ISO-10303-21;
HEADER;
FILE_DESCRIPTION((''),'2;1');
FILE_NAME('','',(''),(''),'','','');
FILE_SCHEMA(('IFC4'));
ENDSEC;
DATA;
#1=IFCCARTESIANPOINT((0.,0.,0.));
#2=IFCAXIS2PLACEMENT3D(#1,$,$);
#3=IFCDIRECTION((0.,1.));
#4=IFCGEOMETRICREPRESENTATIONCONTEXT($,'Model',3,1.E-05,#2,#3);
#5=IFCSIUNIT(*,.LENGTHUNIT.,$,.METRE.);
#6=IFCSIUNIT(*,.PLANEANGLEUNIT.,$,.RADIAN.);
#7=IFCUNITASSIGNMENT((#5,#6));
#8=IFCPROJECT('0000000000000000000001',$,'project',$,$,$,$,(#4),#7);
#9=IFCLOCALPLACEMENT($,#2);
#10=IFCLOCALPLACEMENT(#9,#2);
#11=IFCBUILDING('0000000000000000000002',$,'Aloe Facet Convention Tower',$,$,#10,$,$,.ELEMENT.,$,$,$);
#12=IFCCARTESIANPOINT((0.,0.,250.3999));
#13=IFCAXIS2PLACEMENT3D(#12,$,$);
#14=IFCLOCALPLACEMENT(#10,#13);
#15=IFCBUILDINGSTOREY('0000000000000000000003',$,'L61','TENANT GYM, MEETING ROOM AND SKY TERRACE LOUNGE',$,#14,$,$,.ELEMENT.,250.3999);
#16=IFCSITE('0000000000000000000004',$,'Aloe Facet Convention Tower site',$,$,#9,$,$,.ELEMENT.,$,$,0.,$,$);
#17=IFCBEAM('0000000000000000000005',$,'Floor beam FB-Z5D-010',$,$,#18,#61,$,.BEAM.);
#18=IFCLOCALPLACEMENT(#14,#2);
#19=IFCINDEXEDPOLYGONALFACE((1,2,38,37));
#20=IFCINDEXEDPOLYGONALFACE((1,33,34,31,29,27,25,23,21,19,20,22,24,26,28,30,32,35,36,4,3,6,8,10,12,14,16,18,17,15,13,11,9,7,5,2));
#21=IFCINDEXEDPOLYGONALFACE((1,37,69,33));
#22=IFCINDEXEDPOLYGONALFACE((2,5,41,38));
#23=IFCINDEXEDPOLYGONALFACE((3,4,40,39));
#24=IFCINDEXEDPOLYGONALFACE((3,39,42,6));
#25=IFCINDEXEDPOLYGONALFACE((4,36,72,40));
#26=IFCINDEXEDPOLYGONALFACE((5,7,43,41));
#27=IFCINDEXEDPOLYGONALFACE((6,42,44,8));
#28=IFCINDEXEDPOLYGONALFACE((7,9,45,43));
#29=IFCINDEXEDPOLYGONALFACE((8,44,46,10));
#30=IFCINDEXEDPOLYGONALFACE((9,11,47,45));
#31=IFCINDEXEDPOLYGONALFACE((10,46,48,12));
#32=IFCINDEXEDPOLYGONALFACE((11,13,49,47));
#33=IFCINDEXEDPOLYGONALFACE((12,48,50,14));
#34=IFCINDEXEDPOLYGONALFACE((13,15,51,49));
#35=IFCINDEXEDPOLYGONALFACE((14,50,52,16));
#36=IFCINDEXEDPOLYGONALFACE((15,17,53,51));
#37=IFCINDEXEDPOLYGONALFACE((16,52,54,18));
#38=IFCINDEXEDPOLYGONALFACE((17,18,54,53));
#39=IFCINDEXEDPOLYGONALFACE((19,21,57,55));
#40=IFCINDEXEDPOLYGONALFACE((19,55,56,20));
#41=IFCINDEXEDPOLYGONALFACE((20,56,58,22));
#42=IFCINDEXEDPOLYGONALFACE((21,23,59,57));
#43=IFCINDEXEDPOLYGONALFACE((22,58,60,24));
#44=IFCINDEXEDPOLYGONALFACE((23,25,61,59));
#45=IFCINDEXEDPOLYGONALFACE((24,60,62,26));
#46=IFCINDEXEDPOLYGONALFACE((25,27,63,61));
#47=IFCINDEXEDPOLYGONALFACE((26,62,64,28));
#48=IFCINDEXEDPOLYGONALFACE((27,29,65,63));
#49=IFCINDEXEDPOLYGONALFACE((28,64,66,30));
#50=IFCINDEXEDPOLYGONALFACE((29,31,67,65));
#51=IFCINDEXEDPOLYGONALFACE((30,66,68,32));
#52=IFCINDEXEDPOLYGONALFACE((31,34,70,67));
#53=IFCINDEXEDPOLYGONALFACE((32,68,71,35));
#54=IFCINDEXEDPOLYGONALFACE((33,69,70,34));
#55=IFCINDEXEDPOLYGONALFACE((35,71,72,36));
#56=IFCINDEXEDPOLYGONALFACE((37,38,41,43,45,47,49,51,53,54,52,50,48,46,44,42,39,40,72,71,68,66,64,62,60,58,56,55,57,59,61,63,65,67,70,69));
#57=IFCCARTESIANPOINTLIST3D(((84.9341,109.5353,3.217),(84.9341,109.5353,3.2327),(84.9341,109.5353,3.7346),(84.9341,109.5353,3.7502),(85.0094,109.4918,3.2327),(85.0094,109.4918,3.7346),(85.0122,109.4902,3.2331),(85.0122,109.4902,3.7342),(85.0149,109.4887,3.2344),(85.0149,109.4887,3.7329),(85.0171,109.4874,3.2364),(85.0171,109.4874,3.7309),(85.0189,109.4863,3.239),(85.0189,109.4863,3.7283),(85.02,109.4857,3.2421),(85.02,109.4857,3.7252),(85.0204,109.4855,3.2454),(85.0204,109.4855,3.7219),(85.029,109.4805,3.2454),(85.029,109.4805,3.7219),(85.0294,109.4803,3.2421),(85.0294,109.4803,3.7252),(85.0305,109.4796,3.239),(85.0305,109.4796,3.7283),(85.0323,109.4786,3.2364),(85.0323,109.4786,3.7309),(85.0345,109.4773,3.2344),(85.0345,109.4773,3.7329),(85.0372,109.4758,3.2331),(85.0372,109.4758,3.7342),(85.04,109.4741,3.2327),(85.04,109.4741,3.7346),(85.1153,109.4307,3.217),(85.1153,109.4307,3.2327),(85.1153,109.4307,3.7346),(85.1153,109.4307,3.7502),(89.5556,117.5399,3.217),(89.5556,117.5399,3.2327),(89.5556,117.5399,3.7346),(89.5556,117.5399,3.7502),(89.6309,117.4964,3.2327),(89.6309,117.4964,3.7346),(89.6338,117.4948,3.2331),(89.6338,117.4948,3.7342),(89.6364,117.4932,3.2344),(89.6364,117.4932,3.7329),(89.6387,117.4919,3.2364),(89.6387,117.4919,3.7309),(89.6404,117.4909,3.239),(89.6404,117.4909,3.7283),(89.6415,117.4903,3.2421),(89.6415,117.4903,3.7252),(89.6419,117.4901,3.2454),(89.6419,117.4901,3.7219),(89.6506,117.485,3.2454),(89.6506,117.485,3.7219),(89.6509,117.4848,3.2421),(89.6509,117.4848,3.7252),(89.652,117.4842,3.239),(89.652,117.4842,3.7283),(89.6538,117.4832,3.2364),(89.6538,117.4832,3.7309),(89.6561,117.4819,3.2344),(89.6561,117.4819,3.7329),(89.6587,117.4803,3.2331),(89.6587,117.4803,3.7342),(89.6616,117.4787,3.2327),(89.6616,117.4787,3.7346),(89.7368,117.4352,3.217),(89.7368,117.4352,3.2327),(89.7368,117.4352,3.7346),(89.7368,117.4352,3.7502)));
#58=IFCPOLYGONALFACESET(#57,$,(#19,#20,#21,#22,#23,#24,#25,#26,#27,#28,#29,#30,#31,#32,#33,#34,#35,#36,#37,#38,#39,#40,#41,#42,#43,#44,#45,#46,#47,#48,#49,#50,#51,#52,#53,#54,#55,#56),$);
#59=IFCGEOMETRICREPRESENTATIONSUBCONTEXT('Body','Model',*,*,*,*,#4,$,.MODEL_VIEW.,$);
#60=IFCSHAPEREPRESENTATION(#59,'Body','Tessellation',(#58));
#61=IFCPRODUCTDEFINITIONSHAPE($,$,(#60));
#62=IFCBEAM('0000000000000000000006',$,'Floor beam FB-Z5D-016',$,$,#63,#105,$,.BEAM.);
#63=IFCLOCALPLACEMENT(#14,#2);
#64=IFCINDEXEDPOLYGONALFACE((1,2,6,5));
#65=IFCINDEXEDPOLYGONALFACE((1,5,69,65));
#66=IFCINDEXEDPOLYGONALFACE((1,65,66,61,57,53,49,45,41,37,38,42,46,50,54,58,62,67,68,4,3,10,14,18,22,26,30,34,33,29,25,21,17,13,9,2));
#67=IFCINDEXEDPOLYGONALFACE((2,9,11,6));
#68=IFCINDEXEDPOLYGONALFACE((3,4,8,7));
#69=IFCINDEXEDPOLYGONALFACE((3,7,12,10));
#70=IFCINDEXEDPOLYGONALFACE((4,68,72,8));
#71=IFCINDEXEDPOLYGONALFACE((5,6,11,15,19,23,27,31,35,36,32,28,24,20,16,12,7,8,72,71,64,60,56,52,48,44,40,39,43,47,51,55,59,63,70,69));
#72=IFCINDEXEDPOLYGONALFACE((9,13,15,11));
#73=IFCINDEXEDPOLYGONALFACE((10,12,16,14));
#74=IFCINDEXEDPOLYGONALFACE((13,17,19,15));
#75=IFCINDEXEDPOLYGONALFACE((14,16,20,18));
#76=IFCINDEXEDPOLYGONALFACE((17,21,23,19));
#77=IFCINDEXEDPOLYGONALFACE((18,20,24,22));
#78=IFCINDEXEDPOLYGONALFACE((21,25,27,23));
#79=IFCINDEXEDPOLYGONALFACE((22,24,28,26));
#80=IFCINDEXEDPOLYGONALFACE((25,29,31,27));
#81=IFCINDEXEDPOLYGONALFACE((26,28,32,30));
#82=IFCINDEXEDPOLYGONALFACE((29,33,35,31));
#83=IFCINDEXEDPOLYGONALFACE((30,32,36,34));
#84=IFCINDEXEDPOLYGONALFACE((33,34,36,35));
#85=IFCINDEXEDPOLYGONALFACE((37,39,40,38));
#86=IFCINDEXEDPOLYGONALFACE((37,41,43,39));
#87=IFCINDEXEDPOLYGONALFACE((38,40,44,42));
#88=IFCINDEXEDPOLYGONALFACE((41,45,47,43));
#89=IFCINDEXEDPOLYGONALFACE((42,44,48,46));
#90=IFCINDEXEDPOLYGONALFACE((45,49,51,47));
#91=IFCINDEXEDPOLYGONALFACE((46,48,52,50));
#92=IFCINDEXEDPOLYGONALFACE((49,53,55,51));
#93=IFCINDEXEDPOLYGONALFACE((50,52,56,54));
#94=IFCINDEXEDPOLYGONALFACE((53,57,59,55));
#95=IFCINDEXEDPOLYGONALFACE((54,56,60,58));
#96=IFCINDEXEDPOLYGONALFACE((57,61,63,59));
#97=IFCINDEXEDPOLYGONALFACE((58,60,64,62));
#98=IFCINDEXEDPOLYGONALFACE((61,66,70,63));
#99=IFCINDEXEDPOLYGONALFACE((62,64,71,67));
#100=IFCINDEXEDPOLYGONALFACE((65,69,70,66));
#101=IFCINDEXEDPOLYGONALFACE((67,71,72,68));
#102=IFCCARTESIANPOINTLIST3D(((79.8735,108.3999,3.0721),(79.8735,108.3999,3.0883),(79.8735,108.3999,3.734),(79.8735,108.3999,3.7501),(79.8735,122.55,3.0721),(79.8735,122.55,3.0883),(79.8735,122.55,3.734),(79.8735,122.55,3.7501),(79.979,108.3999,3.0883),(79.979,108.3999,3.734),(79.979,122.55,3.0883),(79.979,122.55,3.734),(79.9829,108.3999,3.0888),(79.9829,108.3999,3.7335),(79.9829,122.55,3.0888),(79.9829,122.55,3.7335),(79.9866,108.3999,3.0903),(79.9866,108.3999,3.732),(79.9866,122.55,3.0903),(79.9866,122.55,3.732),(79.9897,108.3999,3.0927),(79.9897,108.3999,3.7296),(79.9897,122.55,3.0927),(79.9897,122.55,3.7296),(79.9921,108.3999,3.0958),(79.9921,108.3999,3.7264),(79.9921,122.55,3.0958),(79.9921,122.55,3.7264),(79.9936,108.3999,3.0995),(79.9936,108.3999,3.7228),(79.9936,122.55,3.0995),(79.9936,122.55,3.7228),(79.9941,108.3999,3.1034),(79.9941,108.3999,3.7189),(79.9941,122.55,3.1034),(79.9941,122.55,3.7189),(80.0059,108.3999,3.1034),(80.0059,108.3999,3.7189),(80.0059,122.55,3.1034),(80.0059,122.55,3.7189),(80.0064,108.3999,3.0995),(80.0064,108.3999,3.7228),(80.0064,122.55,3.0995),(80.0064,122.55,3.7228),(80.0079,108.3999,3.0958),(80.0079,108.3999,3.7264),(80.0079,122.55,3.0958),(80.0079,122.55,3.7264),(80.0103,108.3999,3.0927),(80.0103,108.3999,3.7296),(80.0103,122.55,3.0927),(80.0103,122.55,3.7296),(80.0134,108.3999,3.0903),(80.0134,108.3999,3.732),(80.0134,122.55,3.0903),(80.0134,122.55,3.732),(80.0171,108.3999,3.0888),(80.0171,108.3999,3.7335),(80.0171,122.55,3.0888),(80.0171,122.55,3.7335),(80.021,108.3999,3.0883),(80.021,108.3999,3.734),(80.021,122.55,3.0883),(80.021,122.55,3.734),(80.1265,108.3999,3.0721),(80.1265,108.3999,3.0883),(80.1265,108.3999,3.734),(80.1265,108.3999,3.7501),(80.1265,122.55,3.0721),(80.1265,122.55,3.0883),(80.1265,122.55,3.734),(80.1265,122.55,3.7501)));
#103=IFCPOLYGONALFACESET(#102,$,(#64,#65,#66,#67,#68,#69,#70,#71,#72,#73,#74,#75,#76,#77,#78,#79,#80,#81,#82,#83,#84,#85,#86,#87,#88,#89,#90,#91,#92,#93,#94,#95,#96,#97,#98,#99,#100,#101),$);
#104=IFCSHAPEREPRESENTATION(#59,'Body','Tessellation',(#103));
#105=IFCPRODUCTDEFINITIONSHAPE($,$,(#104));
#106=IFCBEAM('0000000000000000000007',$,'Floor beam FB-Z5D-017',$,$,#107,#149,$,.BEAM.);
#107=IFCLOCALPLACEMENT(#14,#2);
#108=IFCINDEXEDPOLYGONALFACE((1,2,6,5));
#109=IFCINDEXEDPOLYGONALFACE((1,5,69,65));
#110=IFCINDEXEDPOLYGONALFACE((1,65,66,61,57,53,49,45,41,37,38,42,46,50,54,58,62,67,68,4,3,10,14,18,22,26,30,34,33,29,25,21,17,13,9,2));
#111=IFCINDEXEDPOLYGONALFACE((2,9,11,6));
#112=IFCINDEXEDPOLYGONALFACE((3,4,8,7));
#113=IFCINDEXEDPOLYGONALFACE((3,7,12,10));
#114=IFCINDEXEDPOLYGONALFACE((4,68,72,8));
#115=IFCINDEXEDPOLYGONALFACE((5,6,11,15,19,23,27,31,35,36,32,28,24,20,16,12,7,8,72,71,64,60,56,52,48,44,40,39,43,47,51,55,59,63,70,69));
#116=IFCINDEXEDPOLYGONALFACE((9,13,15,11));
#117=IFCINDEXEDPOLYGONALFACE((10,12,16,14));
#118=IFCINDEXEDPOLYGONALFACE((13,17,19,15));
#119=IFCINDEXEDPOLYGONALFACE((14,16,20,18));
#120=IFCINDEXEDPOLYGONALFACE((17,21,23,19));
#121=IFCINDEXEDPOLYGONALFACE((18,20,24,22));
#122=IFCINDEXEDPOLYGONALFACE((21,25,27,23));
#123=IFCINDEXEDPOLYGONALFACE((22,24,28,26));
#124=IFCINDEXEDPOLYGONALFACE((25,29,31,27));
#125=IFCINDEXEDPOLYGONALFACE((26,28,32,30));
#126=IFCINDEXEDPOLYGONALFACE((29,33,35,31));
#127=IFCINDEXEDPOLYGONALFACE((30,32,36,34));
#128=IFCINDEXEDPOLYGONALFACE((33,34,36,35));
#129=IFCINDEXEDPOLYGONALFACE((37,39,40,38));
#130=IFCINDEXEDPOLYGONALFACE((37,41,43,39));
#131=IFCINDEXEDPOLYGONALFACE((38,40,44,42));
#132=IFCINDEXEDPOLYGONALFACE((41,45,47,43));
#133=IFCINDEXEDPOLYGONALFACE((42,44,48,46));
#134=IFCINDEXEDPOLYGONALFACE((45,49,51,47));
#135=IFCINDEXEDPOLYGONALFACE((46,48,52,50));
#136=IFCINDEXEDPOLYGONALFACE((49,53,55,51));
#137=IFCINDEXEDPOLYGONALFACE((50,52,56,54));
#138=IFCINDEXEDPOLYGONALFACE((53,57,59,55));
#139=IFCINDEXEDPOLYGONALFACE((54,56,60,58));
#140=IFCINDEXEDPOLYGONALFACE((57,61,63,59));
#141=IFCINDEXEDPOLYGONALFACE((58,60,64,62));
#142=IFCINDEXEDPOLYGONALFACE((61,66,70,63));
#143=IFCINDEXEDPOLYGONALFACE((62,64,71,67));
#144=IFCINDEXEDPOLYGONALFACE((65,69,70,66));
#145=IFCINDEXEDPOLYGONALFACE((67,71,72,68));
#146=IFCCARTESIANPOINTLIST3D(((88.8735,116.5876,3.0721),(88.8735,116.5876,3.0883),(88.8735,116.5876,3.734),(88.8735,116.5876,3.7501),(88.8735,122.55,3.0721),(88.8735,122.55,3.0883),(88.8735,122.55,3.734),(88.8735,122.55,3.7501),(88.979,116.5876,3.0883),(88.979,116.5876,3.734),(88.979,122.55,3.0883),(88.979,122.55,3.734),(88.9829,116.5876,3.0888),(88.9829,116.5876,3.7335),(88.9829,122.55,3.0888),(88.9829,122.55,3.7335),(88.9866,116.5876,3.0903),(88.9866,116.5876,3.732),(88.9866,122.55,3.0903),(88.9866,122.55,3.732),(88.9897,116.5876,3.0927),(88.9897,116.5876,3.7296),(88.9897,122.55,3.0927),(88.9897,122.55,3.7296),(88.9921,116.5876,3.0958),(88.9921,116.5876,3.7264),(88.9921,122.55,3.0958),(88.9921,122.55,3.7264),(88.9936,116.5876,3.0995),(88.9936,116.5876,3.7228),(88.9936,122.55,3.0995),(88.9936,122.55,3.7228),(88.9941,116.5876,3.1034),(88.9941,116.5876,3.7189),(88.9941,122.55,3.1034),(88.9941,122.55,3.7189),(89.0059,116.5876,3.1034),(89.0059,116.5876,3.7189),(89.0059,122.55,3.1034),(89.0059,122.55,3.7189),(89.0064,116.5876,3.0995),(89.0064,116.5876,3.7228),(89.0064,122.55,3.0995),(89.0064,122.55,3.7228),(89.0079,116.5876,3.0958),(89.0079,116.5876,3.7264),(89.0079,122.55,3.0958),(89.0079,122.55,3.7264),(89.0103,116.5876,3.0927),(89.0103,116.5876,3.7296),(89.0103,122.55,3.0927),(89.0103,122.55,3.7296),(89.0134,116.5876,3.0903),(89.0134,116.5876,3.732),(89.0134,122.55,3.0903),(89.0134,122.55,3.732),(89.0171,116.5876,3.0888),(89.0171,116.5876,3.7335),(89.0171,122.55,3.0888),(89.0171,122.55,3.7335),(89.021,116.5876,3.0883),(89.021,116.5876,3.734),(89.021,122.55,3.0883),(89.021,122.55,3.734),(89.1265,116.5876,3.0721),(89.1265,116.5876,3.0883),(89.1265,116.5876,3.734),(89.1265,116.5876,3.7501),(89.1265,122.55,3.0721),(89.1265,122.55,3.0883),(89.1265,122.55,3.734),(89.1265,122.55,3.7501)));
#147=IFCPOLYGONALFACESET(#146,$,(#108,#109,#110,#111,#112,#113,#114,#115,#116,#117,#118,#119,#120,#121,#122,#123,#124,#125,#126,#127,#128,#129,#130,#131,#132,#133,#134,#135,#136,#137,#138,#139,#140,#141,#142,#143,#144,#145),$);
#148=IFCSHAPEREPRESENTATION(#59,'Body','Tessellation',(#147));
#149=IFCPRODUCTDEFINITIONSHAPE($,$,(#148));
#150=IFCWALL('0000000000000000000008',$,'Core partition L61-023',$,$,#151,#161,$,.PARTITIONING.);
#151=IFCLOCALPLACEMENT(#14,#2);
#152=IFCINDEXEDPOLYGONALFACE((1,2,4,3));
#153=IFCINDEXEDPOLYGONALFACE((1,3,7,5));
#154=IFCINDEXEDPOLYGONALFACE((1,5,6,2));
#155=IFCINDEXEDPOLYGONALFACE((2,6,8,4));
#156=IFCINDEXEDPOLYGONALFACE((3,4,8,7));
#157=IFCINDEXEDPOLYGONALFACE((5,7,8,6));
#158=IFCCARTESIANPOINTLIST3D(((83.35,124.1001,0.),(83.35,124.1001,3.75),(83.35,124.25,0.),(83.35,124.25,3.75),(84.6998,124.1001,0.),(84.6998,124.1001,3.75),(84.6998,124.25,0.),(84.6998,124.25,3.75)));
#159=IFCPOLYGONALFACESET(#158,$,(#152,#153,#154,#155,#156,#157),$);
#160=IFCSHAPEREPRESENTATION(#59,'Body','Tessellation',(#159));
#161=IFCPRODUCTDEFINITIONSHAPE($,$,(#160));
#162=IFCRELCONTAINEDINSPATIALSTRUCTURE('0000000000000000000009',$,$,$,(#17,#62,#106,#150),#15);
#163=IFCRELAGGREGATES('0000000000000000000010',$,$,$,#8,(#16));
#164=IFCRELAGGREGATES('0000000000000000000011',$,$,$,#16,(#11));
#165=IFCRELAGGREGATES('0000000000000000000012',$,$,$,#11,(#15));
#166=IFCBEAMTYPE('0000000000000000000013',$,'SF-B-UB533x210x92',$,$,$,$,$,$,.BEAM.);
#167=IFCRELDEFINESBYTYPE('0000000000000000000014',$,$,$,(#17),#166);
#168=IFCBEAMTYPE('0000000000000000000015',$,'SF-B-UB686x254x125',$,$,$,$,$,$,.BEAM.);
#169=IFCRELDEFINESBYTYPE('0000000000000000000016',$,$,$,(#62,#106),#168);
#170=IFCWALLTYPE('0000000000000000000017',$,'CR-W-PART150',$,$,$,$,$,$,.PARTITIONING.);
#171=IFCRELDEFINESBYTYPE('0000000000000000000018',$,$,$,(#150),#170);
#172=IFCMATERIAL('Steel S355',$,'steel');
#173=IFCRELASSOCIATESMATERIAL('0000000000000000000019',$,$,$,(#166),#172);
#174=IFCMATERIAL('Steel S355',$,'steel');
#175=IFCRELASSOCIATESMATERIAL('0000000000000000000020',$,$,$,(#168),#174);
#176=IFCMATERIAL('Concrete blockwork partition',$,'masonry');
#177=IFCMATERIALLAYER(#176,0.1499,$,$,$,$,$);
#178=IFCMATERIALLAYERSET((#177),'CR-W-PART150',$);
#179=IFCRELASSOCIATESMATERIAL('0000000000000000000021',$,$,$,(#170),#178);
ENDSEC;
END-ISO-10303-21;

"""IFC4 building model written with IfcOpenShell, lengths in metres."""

from ifc_helpers import new_model, si_unit, direction, frame, frame_2d, origin, origin_2d, place, context, subcontext, project, spatial, rectangle, i_section, extrude, material, layer, layer_set, material_profile, profile_set, type_object, element, save


model = new_model("IFC4")

# Units and contexts
model_context = context("Model", 3, precision=1e-05, world=origin(), true_north=direction((0.0, 1.0)))
body_context = subcontext(model_context, "Body", "Model", "MODEL_VIEW")
ifc_project = project(units=[si_unit("LENGTHUNIT", "METRE"), si_unit("PLANEANGLEUNIT", "RADIAN")], contexts=[model_context])

# Site, building, storey
site_placement = place(None, origin())
site = spatial("IfcSite", under=ifc_project, at=site_placement, Name="Aloe Facet Convention Tower site", CompositionType="ELEMENT", RefElevation=0.0)
building_placement = place(site_placement, origin())
building = spatial("IfcBuilding", under=site, at=building_placement, Name="Aloe Facet Convention Tower", CompositionType="ELEMENT")
storey_placement = place(building_placement, frame((0.0, 0.0, 250.3999)))
storey = spatial("IfcBuildingStorey", under=building, at=storey_placement, Name="L61", Description="TENANT GYM, MEETING ROOM AND SKY TERRACE LOUNGE", CompositionType="ELEMENT", Elevation=250.3999)

# Beams
ifc_material_1 = material(Name="Steel S355", Category="steel")
ifc_material_profile_1 = material_profile(ifc_material_1, i_section(OverallWidth=0.2092, OverallDepth=0.5332, WebThickness=0.01, FlangeThickness=0.0156, FilletRadius=0.0127, at=origin_2d()), Name="UB 533x210x92")
ifc_profile_set_1 = profile_set([ifc_material_profile_1], Name="Steel S355")
beam_type_1 = type_object("IfcBeamType", Name="SF-B-UB533x210x92", PredefinedType="BEAM", material=ifc_profile_set_1)
beam_1_placement = place(storey_placement, frame((89.6462, 117.4875, 3.4836), z_axis=(-0.500008, -0.866021, 0.0), x_axis=(0.866021, -0.500008, 0.0)))
element("IfcBeam", 1, at=beam_1_placement, inside=storey, type_object=beam_type_1, Name="Floor beam FB-Z5D-010", PredefinedType="BEAM", context=body_context, shape_type="SweptSolid", body=[
    extrude(i_section(OverallWidth=0.2092, OverallDepth=0.5332, WebThickness=0.01, FlangeThickness=0.0156, FilletRadius=0.0127, at=origin_2d()), origin(), (0.0, 0.0, 1.0), 9.2429),
])
ifc_material_2 = material(Name="Steel S355", Category="steel")
ifc_material_profile_2 = material_profile(ifc_material_2, i_section(OverallWidth=0.2529, OverallDepth=0.678, WebThickness=0.0117, FlangeThickness=0.0161, FilletRadius=0.0151, at=origin_2d()), Name="UB 686x254x125")
ifc_profile_set_2 = profile_set([ifc_material_profile_2], Name="Steel S355")
beam_type_2 = type_object("IfcBeamType", Name="SF-B-UB686x254x125", PredefinedType="BEAM", material=ifc_profile_set_2)
beam_2_placement = place(storey_placement, frame((80.0, 122.55, 3.4111), z_axis=(0.0, -1.0, 0.0), x_axis=(1.0, 0.0, 0.0)))
element("IfcBeam", 2, at=beam_2_placement, inside=storey, type_object=beam_type_2, Name="Floor beam FB-Z5D-016", PredefinedType="BEAM", context=body_context, shape_type="SweptSolid", body=[
    extrude(i_section(OverallWidth=0.2529, OverallDepth=0.678, WebThickness=0.0117, FlangeThickness=0.0161, FilletRadius=0.0151, at=origin_2d()), origin(), (0.0, 0.0, 1.0), 14.1501),
])
beam_3_placement = place(storey_placement, frame((89.0, 122.55, 3.4111), z_axis=(0.0, -1.0, 0.0), x_axis=(1.0, 0.0, 0.0)))
element("IfcBeam", 3, at=beam_3_placement, inside=storey, type_object=beam_type_2, Name="Floor beam FB-Z5D-017", PredefinedType="BEAM", context=body_context, shape_type="SweptSolid", body=[
    extrude(i_section(OverallWidth=0.2529, OverallDepth=0.678, WebThickness=0.0117, FlangeThickness=0.0161, FilletRadius=0.0151, at=origin_2d()), origin(), (0.0, 0.0, 1.0), 5.9624),
])

# Wall
ifc_material_3 = material(Name="Concrete blockwork partition", Category="masonry")
ifc_layer_1 = layer(ifc_material_3, 0.1499)
ifc_layer_set_1 = layer_set([ifc_layer_1], Name="CR-W-PART150")
wall_type_1 = type_object("IfcWallType", Name="CR-W-PART150", PredefinedType="PARTITIONING", material=ifc_layer_set_1)
wall_1_placement = place(storey_placement, frame((83.3501, 124.175, 0.0), z_axis=(0.0, 0.0, 1.0), x_axis=(1.0, 0.0, 0.0)))
element("IfcWall", 4, at=wall_1_placement, inside=storey, type_object=wall_type_1, Name="Core partition L61-023", PredefinedType="PARTITIONING", context=body_context, shape_type="SweptSolid", body=[
    extrude(rectangle(XDim=1.3499, YDim=0.1499, at=frame_2d((0.6748, 0.0))), origin(), (0.0, 0.0, 1.0), 3.75),
])

save(model, "model.ifc")
